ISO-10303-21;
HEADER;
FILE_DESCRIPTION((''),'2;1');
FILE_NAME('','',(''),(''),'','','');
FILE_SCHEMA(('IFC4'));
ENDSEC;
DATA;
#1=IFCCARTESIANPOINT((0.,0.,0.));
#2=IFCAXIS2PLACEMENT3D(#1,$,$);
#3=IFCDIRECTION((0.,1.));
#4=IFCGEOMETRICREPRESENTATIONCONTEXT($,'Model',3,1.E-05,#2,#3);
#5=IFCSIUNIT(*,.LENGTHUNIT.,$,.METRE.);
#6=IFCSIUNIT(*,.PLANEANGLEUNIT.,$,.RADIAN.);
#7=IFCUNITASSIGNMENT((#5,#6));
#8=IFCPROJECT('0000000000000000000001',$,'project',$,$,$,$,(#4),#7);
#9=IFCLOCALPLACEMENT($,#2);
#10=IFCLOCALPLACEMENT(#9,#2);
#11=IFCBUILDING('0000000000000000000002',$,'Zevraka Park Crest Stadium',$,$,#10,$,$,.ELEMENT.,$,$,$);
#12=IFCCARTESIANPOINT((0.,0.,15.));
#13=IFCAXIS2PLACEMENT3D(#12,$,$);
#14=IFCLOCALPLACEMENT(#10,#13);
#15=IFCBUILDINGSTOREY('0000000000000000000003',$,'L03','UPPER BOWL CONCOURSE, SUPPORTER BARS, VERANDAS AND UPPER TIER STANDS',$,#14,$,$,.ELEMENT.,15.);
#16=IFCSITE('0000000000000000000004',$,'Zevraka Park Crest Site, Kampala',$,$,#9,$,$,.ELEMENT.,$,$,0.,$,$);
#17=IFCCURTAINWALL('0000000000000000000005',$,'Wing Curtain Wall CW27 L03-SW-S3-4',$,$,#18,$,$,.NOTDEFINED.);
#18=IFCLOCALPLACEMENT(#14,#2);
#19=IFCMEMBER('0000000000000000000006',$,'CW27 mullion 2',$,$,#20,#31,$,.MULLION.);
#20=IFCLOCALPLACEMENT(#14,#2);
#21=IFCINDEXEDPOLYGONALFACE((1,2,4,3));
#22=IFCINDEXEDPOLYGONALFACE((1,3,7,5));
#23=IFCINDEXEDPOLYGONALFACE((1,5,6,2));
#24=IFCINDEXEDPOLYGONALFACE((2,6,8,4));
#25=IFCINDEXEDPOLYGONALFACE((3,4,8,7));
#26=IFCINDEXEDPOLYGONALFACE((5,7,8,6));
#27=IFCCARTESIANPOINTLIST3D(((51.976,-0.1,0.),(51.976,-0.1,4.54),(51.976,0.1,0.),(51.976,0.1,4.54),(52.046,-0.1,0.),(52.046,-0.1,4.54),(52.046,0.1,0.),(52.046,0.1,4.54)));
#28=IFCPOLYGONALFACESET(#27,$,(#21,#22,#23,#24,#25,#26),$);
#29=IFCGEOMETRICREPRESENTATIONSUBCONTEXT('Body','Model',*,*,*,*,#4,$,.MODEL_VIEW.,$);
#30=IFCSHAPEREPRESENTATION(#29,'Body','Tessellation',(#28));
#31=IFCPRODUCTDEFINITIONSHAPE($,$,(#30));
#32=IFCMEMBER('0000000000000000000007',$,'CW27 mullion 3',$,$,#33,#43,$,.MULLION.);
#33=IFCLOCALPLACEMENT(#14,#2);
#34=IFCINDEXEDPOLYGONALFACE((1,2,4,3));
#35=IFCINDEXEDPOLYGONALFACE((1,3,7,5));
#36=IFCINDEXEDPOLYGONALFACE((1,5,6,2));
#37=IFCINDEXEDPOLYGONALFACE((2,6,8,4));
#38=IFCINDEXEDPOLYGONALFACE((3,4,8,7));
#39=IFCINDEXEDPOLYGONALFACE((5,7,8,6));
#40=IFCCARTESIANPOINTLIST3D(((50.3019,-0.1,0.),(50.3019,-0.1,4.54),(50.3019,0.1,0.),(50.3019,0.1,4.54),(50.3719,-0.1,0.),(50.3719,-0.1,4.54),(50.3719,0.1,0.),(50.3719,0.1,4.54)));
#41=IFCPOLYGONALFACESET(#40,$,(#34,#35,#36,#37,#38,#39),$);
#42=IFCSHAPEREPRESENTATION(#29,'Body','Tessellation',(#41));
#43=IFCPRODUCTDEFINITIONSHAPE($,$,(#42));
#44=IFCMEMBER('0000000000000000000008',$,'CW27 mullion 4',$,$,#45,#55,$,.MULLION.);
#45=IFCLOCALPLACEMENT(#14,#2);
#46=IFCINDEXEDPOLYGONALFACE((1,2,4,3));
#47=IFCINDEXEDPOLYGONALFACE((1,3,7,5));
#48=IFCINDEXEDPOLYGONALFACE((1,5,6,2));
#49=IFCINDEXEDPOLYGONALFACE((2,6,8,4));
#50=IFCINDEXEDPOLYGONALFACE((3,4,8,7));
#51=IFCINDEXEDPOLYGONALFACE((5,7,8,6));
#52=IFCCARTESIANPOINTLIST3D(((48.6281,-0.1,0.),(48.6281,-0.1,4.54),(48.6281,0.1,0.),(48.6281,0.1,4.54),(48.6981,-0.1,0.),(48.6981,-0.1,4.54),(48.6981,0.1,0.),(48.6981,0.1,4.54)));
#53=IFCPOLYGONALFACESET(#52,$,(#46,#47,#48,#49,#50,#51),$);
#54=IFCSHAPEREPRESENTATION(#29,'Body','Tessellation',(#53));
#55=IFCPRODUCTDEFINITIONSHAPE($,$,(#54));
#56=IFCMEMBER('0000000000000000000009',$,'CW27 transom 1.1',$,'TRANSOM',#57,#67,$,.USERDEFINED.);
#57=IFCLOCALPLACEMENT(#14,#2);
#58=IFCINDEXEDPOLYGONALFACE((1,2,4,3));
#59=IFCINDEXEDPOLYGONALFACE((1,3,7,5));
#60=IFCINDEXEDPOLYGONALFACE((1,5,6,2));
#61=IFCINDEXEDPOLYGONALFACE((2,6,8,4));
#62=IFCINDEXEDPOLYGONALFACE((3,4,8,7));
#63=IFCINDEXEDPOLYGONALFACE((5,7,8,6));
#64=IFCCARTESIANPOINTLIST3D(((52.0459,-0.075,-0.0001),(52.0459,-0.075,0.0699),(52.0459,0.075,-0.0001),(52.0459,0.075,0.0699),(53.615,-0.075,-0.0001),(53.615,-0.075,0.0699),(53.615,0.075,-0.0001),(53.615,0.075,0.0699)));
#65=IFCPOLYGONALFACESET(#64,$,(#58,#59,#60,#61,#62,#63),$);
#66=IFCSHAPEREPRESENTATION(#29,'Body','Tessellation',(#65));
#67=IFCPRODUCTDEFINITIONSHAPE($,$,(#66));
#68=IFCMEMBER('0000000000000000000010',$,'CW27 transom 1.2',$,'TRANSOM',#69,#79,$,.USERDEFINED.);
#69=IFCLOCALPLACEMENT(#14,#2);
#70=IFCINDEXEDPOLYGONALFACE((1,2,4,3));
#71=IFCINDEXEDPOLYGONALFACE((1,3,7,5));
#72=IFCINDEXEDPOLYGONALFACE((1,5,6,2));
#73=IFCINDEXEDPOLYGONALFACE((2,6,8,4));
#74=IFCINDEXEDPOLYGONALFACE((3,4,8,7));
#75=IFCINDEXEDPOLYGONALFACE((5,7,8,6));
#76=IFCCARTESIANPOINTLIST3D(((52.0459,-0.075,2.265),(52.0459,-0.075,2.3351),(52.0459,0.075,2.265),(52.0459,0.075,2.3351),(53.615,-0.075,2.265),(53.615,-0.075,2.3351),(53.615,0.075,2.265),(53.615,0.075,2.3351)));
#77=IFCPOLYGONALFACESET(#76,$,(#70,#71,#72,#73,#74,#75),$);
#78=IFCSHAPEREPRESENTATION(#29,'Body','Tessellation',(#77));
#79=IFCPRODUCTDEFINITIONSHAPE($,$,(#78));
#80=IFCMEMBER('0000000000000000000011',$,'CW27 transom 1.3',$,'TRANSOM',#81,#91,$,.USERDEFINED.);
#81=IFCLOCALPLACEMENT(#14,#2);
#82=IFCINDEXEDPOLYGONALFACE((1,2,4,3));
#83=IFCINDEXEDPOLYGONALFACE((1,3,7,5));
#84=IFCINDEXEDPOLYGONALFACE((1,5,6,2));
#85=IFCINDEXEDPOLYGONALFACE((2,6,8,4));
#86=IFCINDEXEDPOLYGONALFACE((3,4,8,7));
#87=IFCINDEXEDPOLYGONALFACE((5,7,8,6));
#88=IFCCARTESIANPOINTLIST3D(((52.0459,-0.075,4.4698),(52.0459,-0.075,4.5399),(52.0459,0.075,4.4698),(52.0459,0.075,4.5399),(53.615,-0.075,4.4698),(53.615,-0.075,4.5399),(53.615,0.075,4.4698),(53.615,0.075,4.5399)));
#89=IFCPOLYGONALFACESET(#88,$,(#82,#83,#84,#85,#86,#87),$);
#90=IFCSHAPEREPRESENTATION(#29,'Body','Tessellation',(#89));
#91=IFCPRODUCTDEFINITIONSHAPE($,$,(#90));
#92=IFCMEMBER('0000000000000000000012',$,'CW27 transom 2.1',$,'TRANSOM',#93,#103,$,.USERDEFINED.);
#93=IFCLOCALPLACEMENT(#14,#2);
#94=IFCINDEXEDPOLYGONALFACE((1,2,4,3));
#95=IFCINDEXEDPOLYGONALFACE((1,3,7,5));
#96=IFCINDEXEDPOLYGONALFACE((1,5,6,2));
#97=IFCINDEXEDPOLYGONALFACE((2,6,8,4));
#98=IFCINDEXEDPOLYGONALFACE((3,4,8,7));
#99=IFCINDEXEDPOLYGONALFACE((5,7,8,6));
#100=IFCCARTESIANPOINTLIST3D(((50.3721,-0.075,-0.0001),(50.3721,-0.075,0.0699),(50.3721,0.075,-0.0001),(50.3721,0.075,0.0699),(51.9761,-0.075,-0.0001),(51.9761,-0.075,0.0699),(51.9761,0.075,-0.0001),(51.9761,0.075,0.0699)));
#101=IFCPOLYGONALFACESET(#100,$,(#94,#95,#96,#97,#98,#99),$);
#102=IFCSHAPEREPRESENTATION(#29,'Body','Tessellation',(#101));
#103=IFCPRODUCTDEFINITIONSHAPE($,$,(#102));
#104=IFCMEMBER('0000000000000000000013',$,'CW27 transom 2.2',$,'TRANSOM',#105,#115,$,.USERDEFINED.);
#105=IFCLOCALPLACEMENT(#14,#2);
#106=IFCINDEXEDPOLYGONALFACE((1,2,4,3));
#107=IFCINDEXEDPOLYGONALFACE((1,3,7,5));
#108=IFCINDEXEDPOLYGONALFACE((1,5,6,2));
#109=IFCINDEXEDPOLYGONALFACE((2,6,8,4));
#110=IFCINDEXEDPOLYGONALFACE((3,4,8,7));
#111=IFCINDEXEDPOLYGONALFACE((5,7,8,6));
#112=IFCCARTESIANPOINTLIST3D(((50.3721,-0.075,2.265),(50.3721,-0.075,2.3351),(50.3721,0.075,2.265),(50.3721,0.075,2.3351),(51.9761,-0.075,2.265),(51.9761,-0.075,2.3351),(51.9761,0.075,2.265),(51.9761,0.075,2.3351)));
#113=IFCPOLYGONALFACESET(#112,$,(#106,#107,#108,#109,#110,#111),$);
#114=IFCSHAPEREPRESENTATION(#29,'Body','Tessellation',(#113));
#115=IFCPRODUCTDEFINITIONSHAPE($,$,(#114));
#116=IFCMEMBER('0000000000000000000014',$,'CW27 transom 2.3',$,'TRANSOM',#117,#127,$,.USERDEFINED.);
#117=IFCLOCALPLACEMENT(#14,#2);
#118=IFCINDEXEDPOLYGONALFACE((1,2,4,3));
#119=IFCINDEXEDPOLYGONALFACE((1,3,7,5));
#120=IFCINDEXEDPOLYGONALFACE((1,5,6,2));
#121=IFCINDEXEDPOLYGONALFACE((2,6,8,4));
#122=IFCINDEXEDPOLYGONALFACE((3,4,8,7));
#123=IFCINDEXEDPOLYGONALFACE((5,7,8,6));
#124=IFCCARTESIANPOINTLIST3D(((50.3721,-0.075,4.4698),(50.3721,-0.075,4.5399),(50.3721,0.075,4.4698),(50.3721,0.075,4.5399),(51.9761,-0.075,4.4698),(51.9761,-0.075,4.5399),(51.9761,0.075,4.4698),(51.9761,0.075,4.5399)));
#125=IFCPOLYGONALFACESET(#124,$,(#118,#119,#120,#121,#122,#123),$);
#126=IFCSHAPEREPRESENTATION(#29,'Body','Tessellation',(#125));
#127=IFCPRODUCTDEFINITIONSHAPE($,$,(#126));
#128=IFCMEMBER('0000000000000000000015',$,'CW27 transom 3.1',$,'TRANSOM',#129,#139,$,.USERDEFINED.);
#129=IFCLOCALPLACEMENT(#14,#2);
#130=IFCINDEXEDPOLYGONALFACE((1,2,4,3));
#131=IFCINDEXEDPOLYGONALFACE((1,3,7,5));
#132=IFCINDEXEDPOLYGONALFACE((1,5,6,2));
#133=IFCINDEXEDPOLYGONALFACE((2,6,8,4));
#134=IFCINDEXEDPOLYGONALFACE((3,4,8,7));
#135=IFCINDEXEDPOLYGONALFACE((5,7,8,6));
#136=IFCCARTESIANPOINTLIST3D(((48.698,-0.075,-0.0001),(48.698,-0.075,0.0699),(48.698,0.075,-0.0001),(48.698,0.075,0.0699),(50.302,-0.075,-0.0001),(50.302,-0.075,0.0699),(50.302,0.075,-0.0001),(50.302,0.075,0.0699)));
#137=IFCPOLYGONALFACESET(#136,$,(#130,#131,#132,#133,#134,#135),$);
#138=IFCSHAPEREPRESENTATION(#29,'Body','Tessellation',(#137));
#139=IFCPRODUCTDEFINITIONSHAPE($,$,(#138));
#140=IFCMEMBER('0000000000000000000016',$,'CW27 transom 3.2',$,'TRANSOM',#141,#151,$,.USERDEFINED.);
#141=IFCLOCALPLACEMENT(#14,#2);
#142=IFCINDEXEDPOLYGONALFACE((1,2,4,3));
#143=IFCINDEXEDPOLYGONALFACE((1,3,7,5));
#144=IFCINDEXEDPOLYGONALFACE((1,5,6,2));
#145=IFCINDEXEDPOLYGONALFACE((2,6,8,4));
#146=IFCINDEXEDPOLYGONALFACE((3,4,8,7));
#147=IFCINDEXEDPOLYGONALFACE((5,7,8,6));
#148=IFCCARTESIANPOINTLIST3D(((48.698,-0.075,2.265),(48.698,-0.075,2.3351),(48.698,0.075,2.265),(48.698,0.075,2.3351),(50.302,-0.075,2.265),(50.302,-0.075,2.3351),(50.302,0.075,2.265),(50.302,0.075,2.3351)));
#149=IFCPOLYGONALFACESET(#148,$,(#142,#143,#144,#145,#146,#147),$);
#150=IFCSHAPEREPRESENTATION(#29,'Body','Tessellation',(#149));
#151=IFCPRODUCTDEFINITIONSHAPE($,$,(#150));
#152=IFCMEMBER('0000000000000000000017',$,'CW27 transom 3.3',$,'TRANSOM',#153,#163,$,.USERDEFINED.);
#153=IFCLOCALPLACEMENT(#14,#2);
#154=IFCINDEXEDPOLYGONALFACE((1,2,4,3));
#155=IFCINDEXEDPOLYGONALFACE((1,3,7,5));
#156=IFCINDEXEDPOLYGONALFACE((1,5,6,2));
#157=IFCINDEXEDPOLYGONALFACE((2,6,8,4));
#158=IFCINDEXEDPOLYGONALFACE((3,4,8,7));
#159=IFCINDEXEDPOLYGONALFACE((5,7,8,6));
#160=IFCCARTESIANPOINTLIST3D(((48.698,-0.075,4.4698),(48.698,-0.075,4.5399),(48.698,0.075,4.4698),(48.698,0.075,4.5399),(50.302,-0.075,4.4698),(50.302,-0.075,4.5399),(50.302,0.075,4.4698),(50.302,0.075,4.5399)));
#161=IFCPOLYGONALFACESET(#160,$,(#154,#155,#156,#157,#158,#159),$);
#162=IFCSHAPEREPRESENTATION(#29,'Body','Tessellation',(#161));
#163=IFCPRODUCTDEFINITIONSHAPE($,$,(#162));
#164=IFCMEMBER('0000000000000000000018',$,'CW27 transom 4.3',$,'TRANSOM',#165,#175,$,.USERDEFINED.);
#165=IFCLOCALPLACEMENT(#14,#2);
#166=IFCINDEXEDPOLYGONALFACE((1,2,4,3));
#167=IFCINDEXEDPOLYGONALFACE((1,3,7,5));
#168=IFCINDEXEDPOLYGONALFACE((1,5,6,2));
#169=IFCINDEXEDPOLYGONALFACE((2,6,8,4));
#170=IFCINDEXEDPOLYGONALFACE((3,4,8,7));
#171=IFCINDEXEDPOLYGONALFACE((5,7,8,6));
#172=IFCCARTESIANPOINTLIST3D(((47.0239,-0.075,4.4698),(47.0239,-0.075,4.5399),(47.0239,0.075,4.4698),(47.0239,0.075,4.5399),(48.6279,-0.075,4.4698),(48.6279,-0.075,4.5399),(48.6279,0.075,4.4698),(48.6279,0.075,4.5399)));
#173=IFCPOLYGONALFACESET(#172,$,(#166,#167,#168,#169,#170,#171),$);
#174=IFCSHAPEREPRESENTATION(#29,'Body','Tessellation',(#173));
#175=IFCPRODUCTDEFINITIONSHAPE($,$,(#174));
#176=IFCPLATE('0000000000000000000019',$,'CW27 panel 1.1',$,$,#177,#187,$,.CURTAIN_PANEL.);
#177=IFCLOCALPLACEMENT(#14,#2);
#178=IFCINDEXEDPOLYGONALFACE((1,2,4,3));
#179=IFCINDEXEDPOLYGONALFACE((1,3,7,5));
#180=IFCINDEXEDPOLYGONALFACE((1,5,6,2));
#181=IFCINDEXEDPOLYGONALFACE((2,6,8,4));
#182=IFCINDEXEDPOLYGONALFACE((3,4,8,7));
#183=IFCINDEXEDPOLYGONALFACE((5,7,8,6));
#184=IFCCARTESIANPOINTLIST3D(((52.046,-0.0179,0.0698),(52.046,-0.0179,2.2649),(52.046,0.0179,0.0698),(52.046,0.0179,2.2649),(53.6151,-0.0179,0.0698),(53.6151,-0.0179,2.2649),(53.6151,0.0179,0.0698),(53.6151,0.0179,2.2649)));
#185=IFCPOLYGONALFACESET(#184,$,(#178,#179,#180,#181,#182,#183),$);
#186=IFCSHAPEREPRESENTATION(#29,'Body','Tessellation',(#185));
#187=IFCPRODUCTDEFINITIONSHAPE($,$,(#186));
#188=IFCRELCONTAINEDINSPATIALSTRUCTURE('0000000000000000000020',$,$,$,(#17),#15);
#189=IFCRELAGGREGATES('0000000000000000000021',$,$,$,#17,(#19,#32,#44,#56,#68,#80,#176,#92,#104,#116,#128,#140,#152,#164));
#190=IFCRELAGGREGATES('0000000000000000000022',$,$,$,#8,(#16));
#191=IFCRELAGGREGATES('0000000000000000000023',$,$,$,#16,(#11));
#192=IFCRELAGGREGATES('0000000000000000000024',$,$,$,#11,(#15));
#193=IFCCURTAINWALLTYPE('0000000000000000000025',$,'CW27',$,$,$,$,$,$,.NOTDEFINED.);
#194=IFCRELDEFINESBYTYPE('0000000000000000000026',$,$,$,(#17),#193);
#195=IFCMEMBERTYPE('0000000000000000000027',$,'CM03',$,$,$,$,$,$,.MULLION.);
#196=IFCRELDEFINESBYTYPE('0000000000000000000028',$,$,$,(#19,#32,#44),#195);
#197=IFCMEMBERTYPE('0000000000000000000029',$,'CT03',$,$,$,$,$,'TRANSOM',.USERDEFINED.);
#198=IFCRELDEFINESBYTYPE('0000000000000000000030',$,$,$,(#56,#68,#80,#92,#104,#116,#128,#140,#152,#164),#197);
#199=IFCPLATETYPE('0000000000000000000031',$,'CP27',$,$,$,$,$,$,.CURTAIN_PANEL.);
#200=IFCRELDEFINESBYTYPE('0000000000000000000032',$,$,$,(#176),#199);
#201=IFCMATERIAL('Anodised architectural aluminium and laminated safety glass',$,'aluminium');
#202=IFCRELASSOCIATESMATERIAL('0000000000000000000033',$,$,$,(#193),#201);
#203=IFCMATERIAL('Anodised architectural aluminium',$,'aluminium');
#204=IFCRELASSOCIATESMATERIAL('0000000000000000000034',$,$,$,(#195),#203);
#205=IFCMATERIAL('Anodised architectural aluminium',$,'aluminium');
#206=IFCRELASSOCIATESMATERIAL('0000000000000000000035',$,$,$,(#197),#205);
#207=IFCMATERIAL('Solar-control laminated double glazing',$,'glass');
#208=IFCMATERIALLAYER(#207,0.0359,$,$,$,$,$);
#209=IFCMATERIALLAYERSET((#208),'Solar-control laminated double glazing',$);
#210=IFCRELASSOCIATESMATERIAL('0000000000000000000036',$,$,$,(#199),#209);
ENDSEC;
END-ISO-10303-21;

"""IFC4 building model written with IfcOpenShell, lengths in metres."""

from ifc_helpers import new_model, si_unit, direction, frame, origin, origin_2d, place, context, subcontext, project, spatial, rectangle, extrude, material, layer, layer_set, material_profile, profile_set, type_object, element, aggregate, save


model = new_model("IFC4")

# Units and contexts
model_context = context("Model", 3, precision=1e-05, world=origin(), true_north=direction((0.0, 1.0)))
body_context = subcontext(model_context, "Body", "Model", "MODEL_VIEW")
ifc_project = project(units=[si_unit("LENGTHUNIT", "METRE"), si_unit("PLANEANGLEUNIT", "RADIAN")], contexts=[model_context])

# Site, building, storey
site_placement = place(None, origin())
site = spatial("IfcSite", under=ifc_project, at=site_placement, Name="Zevraka Park Crest Site, Kampala", CompositionType="ELEMENT", RefElevation=0.0)
building_placement = place(site_placement, origin())
building = spatial("IfcBuilding", under=site, at=building_placement, Name="Zevraka Park Crest Stadium", CompositionType="ELEMENT")
storey_placement = place(building_placement, frame((0.0, 0.0, 15.0)))
storey = spatial("IfcBuildingStorey", under=building, at=storey_placement, Name="L03", Description="UPPER BOWL CONCOURSE, SUPPORTER BARS, VERANDAS AND UPPER TIER STANDS", CompositionType="ELEMENT", Elevation=15.0)

# Curtain wall, members, plate
ifc_material_1 = material(Name="Anodised architectural aluminium and laminated safety glass", Category="aluminium")
curtain_wall_type = type_object("IfcCurtainWallType", Name="CW27", PredefinedType="NOTDEFINED", material=ifc_material_1)
curtain_wall_placement = place(storey_placement, origin())
curtain_wall = element("IfcCurtainWall", 1, at=curtain_wall_placement, inside=storey, type_object=curtain_wall_type, Name="Wing Curtain Wall CW27 L03-SW-S3-4", PredefinedType="NOTDEFINED")
ifc_material_2 = material(Name="Anodised architectural aluminium", Category="aluminium")
ifc_material_profile_1 = material_profile(ifc_material_2, rectangle(XDim=0.2, YDim=0.0701, at=origin_2d()), Name="ALU MULLION 200x70")
ifc_profile_set_1 = profile_set([ifc_material_profile_1], Name="Anodised architectural aluminium")
member_type_1 = type_object("IfcMemberType", Name="CM03", PredefinedType="MULLION", material=ifc_profile_set_1)
member_1_placement = place(storey_placement, frame((52.011, 0.0, 0.0), z_axis=(0.0, 0.0, 1.0), x_axis=(0.0, -1.0, 0.0)))
member_1 = element("IfcMember", 2, at=member_1_placement, type_object=member_type_1, Name="CW27 mullion 2", PredefinedType="MULLION", context=body_context, shape_type="SweptSolid", body=[
    extrude(rectangle(XDim=0.2, YDim=0.0701, at=origin_2d()), origin(), (0.0, 0.0, 1.0), 4.54),
])
member_2_placement = place(storey_placement, frame((50.3369, 0.0, 0.0), z_axis=(0.0, 0.0, 1.0), x_axis=(0.0, -1.0, 0.0)))
member_2 = element("IfcMember", 3, at=member_2_placement, type_object=member_type_1, Name="CW27 mullion 3", PredefinedType="MULLION", context=body_context, shape_type="SweptSolid", body=[
    extrude(rectangle(XDim=0.2, YDim=0.0701, at=origin_2d()), origin(), (0.0, 0.0, 1.0), 4.54),
])
member_3_placement = place(storey_placement, frame((48.6631, 0.0, 0.0), z_axis=(0.0, 0.0, 1.0), x_axis=(0.0, -1.0, 0.0)))
member_3 = element("IfcMember", 4, at=member_3_placement, type_object=member_type_1, Name="CW27 mullion 4", PredefinedType="MULLION", context=body_context, shape_type="SweptSolid", body=[
    extrude(rectangle(XDim=0.2, YDim=0.0701, at=origin_2d()), origin(), (0.0, 0.0, 1.0), 4.54),
])
ifc_material_3 = material(Name="Anodised architectural aluminium", Category="aluminium")
ifc_material_profile_2 = material_profile(ifc_material_3, rectangle(XDim=0.1499, YDim=0.0701, at=origin_2d()), Name="ALU TRANSOM 150x70")
ifc_profile_set_2 = profile_set([ifc_material_profile_2], Name="Anodised architectural aluminium")
member_type_2 = type_object("IfcMemberType", Name="CT03", ElementType="TRANSOM", PredefinedType="USERDEFINED", material=ifc_profile_set_2)
member_4_placement = place(storey_placement, frame((53.615, 0.0, 0.0349), z_axis=(-1.0, 0.0, 0.0), x_axis=(0.0, -1.0, 0.0)))
member_4 = element("IfcMember", 5, at=member_4_placement, type_object=member_type_2, Name="CW27 transom 1.1", ObjectType="TRANSOM", PredefinedType="USERDEFINED", context=body_context, shape_type="SweptSolid", body=[
    extrude(rectangle(XDim=0.1499, YDim=0.0701, at=origin_2d()), origin(), (0.0, 0.0, 1.0), 1.5691),
])
member_5_placement = place(storey_placement, frame((53.615, 0.0, 2.3), z_axis=(-1.0, 0.0, 0.0), x_axis=(0.0, -1.0, 0.0)))
member_5 = element("IfcMember", 6, at=member_5_placement, type_object=member_type_2, Name="CW27 transom 1.2", ObjectType="TRANSOM", PredefinedType="USERDEFINED", context=body_context, shape_type="SweptSolid", body=[
    extrude(rectangle(XDim=0.1499, YDim=0.0701, at=origin_2d()), origin(), (0.0, 0.0, 1.0), 1.5691),
])
member_6_placement = place(storey_placement, frame((53.615, 0.0, 4.5049), z_axis=(-1.0, 0.0, 0.0), x_axis=(0.0, -1.0, 0.0)))
member_6 = element("IfcMember", 7, at=member_6_placement, type_object=member_type_2, Name="CW27 transom 1.3", ObjectType="TRANSOM", PredefinedType="USERDEFINED", context=body_context, shape_type="SweptSolid", body=[
    extrude(rectangle(XDim=0.1499, YDim=0.0701, at=origin_2d()), origin(), (0.0, 0.0, 1.0), 1.5691),
])
member_7_placement = place(storey_placement, frame((51.9761, 0.0, 0.0349), z_axis=(-1.0, 0.0, 0.0), x_axis=(0.0, -1.0, 0.0)))
member_7 = element("IfcMember", 8, at=member_7_placement, type_object=member_type_2, Name="CW27 transom 2.1", ObjectType="TRANSOM", PredefinedType="USERDEFINED", context=body_context, shape_type="SweptSolid", body=[
    extrude(rectangle(XDim=0.1499, YDim=0.0701, at=origin_2d()), origin(), (0.0, 0.0, 1.0), 1.604),
])
member_8_placement = place(storey_placement, frame((51.9761, 0.0, 2.3), z_axis=(-1.0, 0.0, 0.0), x_axis=(0.0, -1.0, 0.0)))
member_8 = element("IfcMember", 9, at=member_8_placement, type_object=member_type_2, Name="CW27 transom 2.2", ObjectType="TRANSOM", PredefinedType="USERDEFINED", context=body_context, shape_type="SweptSolid", body=[
    extrude(rectangle(XDim=0.1499, YDim=0.0701, at=origin_2d()), origin(), (0.0, 0.0, 1.0), 1.604),
])
member_9_placement = place(storey_placement, frame((51.9761, 0.0, 4.5049), z_axis=(-1.0, 0.0, 0.0), x_axis=(0.0, -1.0, 0.0)))
member_9 = element("IfcMember", 10, at=member_9_placement, type_object=member_type_2, Name="CW27 transom 2.3", ObjectType="TRANSOM", PredefinedType="USERDEFINED", context=body_context, shape_type="SweptSolid", body=[
    extrude(rectangle(XDim=0.1499, YDim=0.0701, at=origin_2d()), origin(), (0.0, 0.0, 1.0), 1.604),
])
member_10_placement = place(storey_placement, frame((50.302, 0.0, 0.0349), z_axis=(-1.0, 0.0, 0.0), x_axis=(0.0, -1.0, 0.0)))
member_10 = element("IfcMember", 11, at=member_10_placement, type_object=member_type_2, Name="CW27 transom 3.1", ObjectType="TRANSOM", PredefinedType="USERDEFINED", context=body_context, shape_type="SweptSolid", body=[
    extrude(rectangle(XDim=0.1499, YDim=0.0701, at=origin_2d()), origin(), (0.0, 0.0, 1.0), 1.604),
])
member_11_placement = place(storey_placement, frame((50.302, 0.0, 2.3), z_axis=(-1.0, 0.0, 0.0), x_axis=(0.0, -1.0, 0.0)))
member_11 = element("IfcMember", 12, at=member_11_placement, type_object=member_type_2, Name="CW27 transom 3.2", ObjectType="TRANSOM", PredefinedType="USERDEFINED", context=body_context, shape_type="SweptSolid", body=[
    extrude(rectangle(XDim=0.1499, YDim=0.0701, at=origin_2d()), origin(), (0.0, 0.0, 1.0), 1.604),
])
member_12_placement = place(storey_placement, frame((50.302, 0.0, 4.5049), z_axis=(-1.0, 0.0, 0.0), x_axis=(0.0, -1.0, 0.0)))
member_12 = element("IfcMember", 13, at=member_12_placement, type_object=member_type_2, Name="CW27 transom 3.3", ObjectType="TRANSOM", PredefinedType="USERDEFINED", context=body_context, shape_type="SweptSolid", body=[
    extrude(rectangle(XDim=0.1499, YDim=0.0701, at=origin_2d()), origin(), (0.0, 0.0, 1.0), 1.604),
])
member_13_placement = place(storey_placement, frame((48.6279, 0.0, 4.5049), z_axis=(-1.0, 0.0, 0.0), x_axis=(0.0, -1.0, 0.0)))
member_13 = element("IfcMember", 14, at=member_13_placement, type_object=member_type_2, Name="CW27 transom 4.3", ObjectType="TRANSOM", PredefinedType="USERDEFINED", context=body_context, shape_type="SweptSolid", body=[
    extrude(rectangle(XDim=0.1499, YDim=0.0701, at=origin_2d()), origin(), (0.0, 0.0, 1.0), 1.604),
])
ifc_material_4 = material(Name="Solar-control laminated double glazing", Category="glass")
ifc_layer_1 = layer(ifc_material_4, 0.0359)
ifc_layer_set_1 = layer_set([ifc_layer_1], Name="Solar-control laminated double glazing")
plate_type = type_object("IfcPlateType", Name="CP27", PredefinedType="CURTAIN_PANEL", material=ifc_layer_set_1)
plate_1_placement = place(storey_placement, frame((52.8306, 0.0, 0.0698), z_axis=(0.0, 0.0, 1.0), x_axis=(-1.0, 0.0, 0.0)))
plate_1 = element("IfcPlate", 15, at=plate_1_placement, type_object=plate_type, Name="CW27 panel 1.1", PredefinedType="CURTAIN_PANEL", context=body_context, shape_type="SweptSolid", body=[
    extrude(rectangle(XDim=1.5691, YDim=0.0359, at=origin_2d()), origin(), (0.0, 0.0, 1.0), 2.1951),
])
aggregate(curtain_wall, [member_1, member_2, member_3, member_4, member_5, member_6, plate_1, member_7, member_8, member_9, member_10, member_11, member_12, member_13])

save(model, "model.ifc")
